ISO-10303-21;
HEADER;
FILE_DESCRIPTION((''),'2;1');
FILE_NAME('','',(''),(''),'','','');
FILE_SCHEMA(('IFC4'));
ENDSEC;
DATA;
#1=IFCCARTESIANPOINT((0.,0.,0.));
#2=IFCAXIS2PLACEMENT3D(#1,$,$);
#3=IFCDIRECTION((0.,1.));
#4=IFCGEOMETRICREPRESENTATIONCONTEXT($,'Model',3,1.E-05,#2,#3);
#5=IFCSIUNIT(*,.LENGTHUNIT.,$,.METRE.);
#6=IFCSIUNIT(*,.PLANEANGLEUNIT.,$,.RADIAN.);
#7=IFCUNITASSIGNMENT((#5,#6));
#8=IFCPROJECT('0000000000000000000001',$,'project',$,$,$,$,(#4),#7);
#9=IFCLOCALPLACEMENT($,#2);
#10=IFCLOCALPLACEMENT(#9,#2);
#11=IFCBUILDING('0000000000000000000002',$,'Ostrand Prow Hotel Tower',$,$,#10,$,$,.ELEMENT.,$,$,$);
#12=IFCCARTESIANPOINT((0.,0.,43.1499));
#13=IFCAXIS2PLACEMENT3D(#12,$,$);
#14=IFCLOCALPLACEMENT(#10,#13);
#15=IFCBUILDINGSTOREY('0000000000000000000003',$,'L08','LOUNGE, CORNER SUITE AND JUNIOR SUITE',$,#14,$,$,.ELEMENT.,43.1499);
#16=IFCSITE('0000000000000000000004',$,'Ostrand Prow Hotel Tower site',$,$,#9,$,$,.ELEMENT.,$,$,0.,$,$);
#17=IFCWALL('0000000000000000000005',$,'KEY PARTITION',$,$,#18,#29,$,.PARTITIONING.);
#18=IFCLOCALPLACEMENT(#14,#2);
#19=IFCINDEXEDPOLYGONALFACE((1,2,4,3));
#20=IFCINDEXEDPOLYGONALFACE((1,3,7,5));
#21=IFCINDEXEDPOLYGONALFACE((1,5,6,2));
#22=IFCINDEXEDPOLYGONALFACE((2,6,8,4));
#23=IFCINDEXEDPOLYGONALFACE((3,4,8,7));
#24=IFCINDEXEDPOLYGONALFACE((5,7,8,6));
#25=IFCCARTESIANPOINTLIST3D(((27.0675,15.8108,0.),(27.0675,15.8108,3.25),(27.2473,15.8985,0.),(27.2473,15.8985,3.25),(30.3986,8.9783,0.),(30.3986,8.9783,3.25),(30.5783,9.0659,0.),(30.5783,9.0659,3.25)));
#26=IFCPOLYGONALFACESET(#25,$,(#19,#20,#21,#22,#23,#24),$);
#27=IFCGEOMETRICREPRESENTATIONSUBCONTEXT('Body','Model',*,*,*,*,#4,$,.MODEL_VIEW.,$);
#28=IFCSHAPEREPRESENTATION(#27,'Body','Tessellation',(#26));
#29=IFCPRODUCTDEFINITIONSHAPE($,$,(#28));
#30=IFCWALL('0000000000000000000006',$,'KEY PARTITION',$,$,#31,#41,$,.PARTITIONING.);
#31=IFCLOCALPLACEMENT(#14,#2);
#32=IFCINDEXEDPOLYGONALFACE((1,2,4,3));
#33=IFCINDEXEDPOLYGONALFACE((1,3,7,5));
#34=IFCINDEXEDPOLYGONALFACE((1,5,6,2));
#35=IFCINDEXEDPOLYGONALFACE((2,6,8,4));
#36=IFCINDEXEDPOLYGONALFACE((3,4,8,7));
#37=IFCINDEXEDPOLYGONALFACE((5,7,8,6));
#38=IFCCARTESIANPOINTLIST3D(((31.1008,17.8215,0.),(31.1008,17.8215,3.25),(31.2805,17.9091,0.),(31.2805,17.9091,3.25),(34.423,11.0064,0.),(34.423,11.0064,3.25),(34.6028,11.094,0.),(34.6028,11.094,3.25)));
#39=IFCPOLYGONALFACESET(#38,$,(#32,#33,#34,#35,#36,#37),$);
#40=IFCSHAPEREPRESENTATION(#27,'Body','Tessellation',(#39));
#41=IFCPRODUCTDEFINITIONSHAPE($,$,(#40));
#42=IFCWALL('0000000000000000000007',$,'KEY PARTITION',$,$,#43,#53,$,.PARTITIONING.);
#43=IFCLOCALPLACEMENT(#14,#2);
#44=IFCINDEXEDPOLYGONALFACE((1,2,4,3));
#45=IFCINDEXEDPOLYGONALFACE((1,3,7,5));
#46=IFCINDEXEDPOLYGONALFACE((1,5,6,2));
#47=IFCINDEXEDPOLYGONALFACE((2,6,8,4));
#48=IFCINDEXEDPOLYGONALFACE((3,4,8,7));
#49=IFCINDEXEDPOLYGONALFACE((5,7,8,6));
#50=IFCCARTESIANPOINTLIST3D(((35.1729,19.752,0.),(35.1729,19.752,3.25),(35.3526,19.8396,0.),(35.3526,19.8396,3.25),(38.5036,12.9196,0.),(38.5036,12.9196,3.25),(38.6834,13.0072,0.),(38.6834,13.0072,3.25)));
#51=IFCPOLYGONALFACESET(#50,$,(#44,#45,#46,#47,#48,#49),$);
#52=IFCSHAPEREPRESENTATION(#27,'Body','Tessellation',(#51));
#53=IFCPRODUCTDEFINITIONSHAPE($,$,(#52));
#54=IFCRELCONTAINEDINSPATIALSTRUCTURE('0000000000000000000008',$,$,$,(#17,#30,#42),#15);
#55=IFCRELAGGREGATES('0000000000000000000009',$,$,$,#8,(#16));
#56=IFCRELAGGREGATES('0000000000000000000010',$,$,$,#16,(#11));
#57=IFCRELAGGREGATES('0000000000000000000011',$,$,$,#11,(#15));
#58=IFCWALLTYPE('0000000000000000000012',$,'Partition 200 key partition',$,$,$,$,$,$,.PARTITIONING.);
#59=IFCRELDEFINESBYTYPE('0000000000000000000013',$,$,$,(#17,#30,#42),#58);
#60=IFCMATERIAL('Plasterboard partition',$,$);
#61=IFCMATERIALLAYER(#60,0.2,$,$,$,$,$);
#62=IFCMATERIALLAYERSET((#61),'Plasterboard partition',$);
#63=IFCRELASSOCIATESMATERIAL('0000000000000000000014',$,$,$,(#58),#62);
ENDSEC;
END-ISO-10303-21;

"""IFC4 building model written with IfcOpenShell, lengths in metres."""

from ifc_helpers import new_model, si_unit, direction, frame, frame_2d, origin, place, context, subcontext, project, spatial, rectangle, extrude, material, layer, layer_set, type_object, element, save


model = new_model("IFC4")

# Units and contexts
model_context = context("Model", 3, precision=1e-05, world=origin(), true_north=direction((0.0, 1.0)))
body_context = subcontext(model_context, "Body", "Model", "MODEL_VIEW")
ifc_project = project(units=[si_unit("LENGTHUNIT", "METRE"), si_unit("PLANEANGLEUNIT", "RADIAN")], contexts=[model_context])

# Site, building, storey
site_placement = place(None, origin())
site = spatial("IfcSite", under=ifc_project, at=site_placement, Name="Ostrand Prow Hotel Tower site", CompositionType="ELEMENT", RefElevation=0.0)
building_placement = place(site_placement, origin())
building = spatial("IfcBuilding", under=site, at=building_placement, Name="Ostrand Prow Hotel Tower", CompositionType="ELEMENT")
storey_placement = place(building_placement, frame((0.0, 0.0, 43.1499)))
storey = spatial("IfcBuildingStorey", under=building, at=storey_placement, Name="L08", Description="LOUNGE, CORNER SUITE AND JUNIOR SUITE", CompositionType="ELEMENT", Elevation=43.1499)

# Walls
ifc_material_1 = material(Name="Plasterboard partition")
ifc_layer_1 = layer(ifc_material_1, 0.2)
ifc_layer_set_1 = layer_set([ifc_layer_1], Name="Plasterboard partition")
wall_type_1 = type_object("IfcWallType", Name="Partition 200 key partition", PredefinedType="PARTITIONING", material=ifc_layer_set_1)
wall_1_placement = place(storey_placement, frame((30.4885, 9.022, 0.0), z_axis=(0.0, 0.0, 1.0), x_axis=(-0.438224, 0.898866, 0.0)))
element("IfcWall", 1, at=wall_1_placement, inside=storey, type_object=wall_type_1, Name="KEY PARTITION", PredefinedType="PARTITIONING", context=body_context, shape_type="SweptSolid", body=[
    extrude(rectangle(XDim=7.6013, YDim=0.2, at=frame_2d((3.8008, 0.0))), origin(), (0.0, 0.0, 1.0), 3.25),
])
wall_2_placement = place(storey_placement, frame((34.5129, 11.05, 0.0), z_axis=(0.0, 0.0, 1.0), x_axis=(-0.438188, 0.898884, 0.0)))
element("IfcWall", 2, at=wall_2_placement, inside=storey, type_object=wall_type_1, Name="KEY PARTITION", PredefinedType="PARTITIONING", context=body_context, shape_type="SweptSolid", body=[
    extrude(rectangle(XDim=7.5818, YDim=0.2, at=frame_2d((3.791, 0.0))), origin(), (0.0, 0.0, 1.0), 3.25),
])
wall_3_placement = place(storey_placement, frame((38.5935, 12.9634, 0.0), z_axis=(0.0, 0.0, 1.0), x_axis=(-0.438198, 0.898879, 0.0)))
element("IfcWall", 3, at=wall_3_placement, inside=storey, type_object=wall_type_1, Name="KEY PARTITION", PredefinedType="PARTITIONING", context=body_context, shape_type="SweptSolid", body=[
    extrude(rectangle(XDim=7.6011, YDim=0.2, at=frame_2d((3.8005, 0.0))), origin(), (0.0, 0.0, 1.0), 3.25),
])

save(model, "model.ifc")
